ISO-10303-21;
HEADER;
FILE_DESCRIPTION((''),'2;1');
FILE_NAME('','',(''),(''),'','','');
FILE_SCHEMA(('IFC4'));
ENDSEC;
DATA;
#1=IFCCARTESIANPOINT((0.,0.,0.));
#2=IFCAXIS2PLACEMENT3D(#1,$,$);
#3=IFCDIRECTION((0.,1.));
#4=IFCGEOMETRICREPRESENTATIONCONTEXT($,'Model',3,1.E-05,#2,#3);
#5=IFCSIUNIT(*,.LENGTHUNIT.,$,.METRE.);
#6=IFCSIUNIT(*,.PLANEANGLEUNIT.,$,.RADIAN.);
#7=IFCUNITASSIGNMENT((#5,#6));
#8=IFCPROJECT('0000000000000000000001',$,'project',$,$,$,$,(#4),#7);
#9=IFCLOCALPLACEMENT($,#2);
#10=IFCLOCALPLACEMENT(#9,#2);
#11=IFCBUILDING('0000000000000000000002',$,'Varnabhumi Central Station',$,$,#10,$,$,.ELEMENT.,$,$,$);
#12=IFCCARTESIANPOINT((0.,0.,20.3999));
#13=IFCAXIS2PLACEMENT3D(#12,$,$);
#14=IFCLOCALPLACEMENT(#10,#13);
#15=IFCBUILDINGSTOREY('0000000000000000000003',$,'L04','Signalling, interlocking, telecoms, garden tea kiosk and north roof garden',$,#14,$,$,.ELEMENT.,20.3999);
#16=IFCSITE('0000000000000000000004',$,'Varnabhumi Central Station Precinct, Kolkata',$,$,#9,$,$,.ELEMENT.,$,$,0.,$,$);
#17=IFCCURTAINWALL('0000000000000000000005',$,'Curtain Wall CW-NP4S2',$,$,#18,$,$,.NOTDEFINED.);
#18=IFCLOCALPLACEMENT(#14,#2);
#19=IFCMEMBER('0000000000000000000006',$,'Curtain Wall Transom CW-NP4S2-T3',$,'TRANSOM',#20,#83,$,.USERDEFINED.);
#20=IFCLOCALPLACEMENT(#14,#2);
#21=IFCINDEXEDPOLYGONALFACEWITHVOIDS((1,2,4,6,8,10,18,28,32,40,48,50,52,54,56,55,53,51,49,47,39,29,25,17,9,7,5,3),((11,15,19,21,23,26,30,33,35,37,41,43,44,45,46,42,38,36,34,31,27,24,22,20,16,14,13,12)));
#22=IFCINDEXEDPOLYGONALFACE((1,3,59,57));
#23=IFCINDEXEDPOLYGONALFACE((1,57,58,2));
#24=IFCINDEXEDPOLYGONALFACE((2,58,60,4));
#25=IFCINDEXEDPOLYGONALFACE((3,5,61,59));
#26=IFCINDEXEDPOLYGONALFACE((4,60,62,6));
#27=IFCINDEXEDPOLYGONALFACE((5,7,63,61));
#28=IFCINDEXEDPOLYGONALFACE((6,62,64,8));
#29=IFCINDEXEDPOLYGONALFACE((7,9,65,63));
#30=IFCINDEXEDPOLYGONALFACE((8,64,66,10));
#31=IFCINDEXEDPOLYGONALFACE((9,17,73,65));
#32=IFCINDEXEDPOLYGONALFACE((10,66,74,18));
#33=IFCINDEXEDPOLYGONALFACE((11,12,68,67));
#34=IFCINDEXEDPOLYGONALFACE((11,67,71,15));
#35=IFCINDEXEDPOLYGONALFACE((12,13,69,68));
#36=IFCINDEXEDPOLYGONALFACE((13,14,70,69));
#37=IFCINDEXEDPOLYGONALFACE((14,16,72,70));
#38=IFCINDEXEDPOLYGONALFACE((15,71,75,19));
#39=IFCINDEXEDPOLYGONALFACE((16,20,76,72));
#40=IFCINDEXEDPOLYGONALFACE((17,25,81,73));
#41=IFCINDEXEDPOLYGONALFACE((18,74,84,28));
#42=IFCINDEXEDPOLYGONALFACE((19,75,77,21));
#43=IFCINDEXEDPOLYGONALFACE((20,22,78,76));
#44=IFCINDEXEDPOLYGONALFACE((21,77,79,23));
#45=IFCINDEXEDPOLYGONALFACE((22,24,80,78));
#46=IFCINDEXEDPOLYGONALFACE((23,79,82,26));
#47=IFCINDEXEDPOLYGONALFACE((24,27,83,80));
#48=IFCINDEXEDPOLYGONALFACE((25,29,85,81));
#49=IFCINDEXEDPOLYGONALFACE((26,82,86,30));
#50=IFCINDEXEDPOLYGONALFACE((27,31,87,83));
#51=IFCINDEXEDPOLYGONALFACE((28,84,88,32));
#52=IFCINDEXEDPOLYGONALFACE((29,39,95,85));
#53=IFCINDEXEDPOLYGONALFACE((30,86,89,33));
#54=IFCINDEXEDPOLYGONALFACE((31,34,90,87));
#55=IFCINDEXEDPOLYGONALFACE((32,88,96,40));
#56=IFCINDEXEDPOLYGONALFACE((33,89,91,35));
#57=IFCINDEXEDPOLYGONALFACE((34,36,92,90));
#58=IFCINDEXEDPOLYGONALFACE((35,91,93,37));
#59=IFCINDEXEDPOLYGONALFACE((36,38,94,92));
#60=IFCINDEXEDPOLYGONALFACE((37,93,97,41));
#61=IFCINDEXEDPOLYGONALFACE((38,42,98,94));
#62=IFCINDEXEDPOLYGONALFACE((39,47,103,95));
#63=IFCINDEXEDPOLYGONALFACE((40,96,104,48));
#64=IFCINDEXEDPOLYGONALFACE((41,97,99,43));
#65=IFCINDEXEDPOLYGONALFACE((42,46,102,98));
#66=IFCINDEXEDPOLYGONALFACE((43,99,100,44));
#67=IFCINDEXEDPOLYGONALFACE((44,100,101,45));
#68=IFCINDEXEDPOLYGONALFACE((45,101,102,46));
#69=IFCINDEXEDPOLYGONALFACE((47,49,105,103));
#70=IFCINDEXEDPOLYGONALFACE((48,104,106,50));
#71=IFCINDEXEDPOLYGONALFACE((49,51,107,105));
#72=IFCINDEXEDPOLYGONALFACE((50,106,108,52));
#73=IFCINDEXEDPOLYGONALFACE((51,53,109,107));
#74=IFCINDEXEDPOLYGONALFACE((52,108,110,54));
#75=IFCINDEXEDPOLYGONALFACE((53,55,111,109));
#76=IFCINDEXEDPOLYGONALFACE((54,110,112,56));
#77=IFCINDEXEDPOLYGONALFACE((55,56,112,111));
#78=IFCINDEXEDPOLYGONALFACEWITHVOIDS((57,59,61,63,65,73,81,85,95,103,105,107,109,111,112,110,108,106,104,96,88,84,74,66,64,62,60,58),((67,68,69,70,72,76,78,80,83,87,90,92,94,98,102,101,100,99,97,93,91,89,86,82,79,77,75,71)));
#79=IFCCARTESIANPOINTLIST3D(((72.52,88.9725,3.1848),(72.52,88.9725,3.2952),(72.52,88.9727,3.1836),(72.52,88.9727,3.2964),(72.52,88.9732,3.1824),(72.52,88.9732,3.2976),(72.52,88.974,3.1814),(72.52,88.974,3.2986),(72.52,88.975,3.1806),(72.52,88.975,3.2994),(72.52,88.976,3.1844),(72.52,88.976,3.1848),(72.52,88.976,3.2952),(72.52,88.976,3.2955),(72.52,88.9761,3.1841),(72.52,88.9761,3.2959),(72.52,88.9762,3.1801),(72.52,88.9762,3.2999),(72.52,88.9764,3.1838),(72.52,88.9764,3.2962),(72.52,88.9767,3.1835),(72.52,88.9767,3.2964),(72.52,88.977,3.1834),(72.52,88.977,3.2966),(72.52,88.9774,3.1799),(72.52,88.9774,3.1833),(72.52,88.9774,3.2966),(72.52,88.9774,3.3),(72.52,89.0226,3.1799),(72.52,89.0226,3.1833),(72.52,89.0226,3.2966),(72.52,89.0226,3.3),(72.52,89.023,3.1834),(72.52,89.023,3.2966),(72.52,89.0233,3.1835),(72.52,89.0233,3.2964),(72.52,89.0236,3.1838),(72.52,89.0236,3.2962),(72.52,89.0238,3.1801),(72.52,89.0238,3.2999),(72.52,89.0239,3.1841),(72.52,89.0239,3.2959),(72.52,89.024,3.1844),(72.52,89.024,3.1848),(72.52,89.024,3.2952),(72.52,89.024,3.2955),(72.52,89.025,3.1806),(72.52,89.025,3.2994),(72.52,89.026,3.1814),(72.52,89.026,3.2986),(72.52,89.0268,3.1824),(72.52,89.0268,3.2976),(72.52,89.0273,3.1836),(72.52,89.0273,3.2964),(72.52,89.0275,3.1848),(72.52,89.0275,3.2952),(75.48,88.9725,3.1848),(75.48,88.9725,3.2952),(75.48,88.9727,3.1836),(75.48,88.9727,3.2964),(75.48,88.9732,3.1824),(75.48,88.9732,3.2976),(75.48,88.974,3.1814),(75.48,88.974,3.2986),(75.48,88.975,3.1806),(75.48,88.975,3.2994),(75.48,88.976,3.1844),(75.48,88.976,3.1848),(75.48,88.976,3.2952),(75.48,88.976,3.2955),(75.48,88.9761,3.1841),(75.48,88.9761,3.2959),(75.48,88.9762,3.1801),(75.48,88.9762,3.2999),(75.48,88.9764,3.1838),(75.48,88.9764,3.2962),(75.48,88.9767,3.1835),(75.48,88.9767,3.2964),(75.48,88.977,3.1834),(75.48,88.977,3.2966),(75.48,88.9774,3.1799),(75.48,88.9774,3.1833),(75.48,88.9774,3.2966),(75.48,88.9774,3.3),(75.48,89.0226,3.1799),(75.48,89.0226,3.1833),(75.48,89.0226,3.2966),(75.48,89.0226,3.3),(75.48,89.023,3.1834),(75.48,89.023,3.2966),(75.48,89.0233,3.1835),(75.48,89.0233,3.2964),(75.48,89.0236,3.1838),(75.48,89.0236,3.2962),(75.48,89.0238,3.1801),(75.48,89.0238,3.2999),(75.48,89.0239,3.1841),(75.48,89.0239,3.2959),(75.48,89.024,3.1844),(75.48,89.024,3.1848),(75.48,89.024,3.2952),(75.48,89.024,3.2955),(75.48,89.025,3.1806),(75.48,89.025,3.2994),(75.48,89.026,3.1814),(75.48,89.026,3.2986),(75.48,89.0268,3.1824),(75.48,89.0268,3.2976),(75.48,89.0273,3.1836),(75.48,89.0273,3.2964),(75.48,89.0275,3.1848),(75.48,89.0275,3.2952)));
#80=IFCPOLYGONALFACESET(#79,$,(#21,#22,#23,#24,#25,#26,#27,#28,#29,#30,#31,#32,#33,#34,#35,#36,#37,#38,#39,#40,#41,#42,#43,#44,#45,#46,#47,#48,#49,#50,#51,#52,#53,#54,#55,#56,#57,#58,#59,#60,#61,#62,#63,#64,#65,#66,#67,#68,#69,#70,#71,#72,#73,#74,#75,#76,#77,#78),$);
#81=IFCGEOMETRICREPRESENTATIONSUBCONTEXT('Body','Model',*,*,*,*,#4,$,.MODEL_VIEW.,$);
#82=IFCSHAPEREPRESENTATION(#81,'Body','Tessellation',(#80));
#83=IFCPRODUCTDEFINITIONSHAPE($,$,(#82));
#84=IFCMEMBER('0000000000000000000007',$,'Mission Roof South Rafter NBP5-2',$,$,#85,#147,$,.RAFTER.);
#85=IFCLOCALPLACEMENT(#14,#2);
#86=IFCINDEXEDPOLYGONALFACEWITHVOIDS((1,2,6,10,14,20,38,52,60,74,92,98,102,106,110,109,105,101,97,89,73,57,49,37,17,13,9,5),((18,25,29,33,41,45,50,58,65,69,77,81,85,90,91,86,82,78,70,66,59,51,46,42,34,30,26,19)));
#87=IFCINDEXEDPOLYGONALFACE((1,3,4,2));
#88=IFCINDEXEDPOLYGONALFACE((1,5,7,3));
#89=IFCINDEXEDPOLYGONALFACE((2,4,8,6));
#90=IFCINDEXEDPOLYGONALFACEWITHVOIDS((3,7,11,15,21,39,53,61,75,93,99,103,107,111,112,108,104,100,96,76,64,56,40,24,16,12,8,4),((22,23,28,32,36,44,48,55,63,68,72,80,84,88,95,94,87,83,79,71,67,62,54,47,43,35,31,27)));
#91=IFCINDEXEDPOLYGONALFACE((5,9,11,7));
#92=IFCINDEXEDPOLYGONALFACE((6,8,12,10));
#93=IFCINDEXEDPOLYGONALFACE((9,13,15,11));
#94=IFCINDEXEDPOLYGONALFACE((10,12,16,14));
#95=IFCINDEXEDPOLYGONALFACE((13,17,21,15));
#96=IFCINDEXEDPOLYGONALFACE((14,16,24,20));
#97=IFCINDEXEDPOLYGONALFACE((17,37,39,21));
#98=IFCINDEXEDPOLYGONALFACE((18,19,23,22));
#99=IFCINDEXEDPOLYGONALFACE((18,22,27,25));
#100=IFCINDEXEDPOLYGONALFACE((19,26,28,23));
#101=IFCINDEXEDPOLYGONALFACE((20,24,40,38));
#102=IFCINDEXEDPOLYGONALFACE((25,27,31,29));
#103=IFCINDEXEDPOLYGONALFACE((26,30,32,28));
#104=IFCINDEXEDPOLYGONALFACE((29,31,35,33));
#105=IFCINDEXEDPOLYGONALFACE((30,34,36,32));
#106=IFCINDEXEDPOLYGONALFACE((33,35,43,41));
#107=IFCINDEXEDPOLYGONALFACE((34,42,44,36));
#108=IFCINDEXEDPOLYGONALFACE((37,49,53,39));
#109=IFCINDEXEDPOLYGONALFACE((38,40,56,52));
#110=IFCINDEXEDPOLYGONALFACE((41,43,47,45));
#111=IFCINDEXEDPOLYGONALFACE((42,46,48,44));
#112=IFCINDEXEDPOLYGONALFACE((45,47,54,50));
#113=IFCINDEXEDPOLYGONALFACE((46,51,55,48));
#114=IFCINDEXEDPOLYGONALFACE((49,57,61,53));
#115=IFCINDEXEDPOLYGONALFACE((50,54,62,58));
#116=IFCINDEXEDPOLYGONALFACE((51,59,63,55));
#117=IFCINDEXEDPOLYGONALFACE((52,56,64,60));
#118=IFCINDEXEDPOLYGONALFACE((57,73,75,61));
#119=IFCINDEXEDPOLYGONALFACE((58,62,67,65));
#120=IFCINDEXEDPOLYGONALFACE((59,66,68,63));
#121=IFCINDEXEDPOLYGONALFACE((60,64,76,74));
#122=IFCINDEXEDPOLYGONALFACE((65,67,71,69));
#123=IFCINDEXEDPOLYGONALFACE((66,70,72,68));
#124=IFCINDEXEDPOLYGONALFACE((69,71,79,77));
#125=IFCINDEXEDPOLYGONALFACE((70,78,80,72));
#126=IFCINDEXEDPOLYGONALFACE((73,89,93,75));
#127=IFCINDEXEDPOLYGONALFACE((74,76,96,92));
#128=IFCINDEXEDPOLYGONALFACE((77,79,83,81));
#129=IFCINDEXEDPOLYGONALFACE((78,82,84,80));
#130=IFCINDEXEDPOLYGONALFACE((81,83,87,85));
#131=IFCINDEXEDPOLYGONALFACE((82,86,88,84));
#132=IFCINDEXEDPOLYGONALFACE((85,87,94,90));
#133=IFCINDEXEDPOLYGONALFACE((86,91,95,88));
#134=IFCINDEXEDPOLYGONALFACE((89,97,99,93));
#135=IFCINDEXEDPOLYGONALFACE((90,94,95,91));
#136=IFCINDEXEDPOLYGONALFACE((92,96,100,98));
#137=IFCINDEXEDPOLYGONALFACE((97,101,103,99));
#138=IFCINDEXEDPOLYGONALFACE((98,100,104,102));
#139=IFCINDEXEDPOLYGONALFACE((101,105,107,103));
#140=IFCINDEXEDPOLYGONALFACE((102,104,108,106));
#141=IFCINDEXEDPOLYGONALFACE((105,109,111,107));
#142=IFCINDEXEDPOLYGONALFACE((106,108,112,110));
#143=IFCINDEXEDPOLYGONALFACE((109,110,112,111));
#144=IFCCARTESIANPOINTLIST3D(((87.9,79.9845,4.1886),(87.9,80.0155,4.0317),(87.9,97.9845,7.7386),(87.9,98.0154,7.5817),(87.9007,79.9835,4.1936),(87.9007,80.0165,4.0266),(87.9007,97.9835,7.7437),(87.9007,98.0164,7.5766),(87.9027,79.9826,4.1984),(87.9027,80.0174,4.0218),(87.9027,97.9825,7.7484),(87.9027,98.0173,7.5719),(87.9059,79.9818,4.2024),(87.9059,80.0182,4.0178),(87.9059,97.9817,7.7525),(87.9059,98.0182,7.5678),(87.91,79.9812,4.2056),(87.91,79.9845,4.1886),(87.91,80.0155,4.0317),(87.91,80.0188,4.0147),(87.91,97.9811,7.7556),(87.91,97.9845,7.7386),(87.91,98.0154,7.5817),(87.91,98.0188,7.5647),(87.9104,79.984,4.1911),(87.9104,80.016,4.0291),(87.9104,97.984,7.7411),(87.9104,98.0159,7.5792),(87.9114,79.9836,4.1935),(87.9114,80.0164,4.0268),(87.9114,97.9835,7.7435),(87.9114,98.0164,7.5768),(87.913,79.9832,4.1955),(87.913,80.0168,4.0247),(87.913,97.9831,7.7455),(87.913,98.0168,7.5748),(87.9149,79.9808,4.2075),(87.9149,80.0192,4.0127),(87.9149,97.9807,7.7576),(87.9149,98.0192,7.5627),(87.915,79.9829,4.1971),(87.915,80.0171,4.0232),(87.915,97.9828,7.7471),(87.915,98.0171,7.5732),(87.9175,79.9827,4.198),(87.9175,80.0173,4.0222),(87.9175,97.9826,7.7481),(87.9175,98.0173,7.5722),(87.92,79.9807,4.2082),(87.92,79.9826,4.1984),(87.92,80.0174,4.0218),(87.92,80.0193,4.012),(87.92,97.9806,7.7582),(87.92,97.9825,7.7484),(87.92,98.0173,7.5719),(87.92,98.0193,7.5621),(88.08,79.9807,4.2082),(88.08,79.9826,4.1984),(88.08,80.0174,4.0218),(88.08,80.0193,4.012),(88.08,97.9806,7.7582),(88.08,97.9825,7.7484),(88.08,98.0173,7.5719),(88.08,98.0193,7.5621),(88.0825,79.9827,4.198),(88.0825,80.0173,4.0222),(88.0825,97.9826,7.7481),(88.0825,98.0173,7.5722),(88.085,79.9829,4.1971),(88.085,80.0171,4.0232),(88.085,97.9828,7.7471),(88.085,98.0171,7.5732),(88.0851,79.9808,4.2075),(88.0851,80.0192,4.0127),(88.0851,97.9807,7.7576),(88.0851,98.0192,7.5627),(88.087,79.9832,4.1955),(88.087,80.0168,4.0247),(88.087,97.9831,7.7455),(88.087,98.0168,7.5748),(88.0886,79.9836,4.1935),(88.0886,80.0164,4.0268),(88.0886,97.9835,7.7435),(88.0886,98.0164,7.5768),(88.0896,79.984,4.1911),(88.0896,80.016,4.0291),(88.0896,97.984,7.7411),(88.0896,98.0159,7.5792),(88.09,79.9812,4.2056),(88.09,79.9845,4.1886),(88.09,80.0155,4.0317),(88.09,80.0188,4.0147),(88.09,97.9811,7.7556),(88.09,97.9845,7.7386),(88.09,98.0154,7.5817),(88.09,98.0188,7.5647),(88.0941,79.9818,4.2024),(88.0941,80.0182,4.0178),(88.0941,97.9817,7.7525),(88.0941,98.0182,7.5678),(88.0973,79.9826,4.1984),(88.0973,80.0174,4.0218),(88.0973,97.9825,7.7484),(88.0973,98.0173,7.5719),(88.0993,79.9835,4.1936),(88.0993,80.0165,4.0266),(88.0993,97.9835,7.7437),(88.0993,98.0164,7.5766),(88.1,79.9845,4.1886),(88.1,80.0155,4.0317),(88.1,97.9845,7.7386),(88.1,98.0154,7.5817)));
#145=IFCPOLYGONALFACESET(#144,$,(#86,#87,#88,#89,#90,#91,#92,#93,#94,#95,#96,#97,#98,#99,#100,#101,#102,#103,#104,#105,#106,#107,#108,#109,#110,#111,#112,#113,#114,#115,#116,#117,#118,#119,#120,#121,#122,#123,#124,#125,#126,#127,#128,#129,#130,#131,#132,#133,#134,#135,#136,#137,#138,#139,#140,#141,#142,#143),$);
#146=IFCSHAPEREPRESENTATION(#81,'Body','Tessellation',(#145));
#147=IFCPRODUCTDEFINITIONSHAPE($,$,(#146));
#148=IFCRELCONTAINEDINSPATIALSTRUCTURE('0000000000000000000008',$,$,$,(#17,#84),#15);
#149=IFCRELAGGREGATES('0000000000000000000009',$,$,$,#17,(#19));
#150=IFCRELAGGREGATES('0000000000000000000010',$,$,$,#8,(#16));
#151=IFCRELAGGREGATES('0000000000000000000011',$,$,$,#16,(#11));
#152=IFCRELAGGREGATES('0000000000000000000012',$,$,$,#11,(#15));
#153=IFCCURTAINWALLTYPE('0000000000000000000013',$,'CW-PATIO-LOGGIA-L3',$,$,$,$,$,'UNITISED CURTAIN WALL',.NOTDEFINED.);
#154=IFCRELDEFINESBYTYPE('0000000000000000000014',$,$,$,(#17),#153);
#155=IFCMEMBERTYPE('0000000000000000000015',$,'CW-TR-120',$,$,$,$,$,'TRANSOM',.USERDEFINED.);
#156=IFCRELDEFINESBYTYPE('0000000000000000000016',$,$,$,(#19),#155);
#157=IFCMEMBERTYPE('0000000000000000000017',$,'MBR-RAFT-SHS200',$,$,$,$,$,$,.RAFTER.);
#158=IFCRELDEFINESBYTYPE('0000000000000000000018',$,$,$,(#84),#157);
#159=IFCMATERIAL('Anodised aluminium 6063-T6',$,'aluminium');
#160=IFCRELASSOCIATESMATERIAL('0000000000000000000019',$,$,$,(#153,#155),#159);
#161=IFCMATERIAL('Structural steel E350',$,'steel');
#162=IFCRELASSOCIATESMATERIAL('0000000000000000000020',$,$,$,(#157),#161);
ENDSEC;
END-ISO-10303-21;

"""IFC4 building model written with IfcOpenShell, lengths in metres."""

from ifc_helpers import new_model, si_unit, direction, frame, origin, origin_2d, place, context, subcontext, project, spatial, hollow_rectangle, extrude, material, material_profile, profile_set, type_object, element, aggregate, save


model = new_model("IFC4")

# Units and contexts
model_context = context("Model", 3, precision=1e-05, world=origin(), true_north=direction((0.0, 1.0)))
body_context = subcontext(model_context, "Body", "Model", "MODEL_VIEW")
ifc_project = project(units=[si_unit("LENGTHUNIT", "METRE"), si_unit("PLANEANGLEUNIT", "RADIAN")], contexts=[model_context])

# Site, building, storey
site_placement = place(None, origin())
site = spatial("IfcSite", under=ifc_project, at=site_placement, Name="Varnabhumi Central Station Precinct, Kolkata", CompositionType="ELEMENT", RefElevation=0.0)
building_placement = place(site_placement, origin())
building = spatial("IfcBuilding", under=site, at=building_placement, Name="Varnabhumi Central Station", CompositionType="ELEMENT")
storey_placement = place(building_placement, frame((0.0, 0.0, 20.3999)))
storey = spatial("IfcBuildingStorey", under=building, at=storey_placement, Name="L04", Description="Signalling, interlocking, telecoms, garden tea kiosk and north roof garden", CompositionType="ELEMENT", Elevation=20.3999)

# Shared definitions
ifc_material_1 = material(Name="Structural steel E350", Category="steel")

# Curtain wall, member
ifc_material_2 = material(Name="Anodised aluminium 6063-T6", Category="aluminium")
curtain_wall_type_1 = type_object("IfcCurtainWallType", Name="CW-PATIO-LOGGIA-L3", ElementType="UNITISED CURTAIN WALL", PredefinedType="NOTDEFINED", material=ifc_material_2)
curtain_wall_1_placement = place(storey_placement, origin())
curtain_wall_1 = element("IfcCurtainWall", 1, at=curtain_wall_1_placement, inside=storey, type_object=curtain_wall_type_1, Name="Curtain Wall CW-NP4S2", PredefinedType="NOTDEFINED")
ifc_material_profile_1 = material_profile(ifc_material_2, hollow_rectangle(XDim=0.0549, YDim=0.1201, WallThickness=0.0034, InnerFilletRadius=0.0015, OuterFilletRadius=0.0049, at=origin_2d()), Name="Anodised aluminium 6063-T6", Category="aluminium")
ifc_profile_set_1 = profile_set([ifc_material_profile_1], Name="Anodised aluminium 6063-T6")
member_type_1 = type_object("IfcMemberType", Name="CW-TR-120", ElementType="TRANSOM", PredefinedType="USERDEFINED", material=ifc_profile_set_1)
member_1_placement = place(storey_placement, frame((72.52, 89.0, 3.24), z_axis=(1.0, 0.0, 0.0), x_axis=(0.0, 1.0, 0.0)))
member_1 = element("IfcMember", 2, at=member_1_placement, type_object=member_type_1, Name="Curtain Wall Transom CW-NP4S2-T3", ObjectType="TRANSOM", PredefinedType="USERDEFINED", context=body_context, shape_type="SweptSolid", body=[
    extrude(hollow_rectangle(XDim=0.0549, YDim=0.1201, WallThickness=0.0034, InnerFilletRadius=0.0015, OuterFilletRadius=0.0049, at=origin_2d()), origin(), (0.0, 0.0, 1.0), 2.96),
])

# Member
ifc_material_profile_2 = material_profile(ifc_material_1, hollow_rectangle(XDim=0.2, YDim=0.2, WallThickness=0.01, InnerFilletRadius=0.01, OuterFilletRadius=0.02, at=origin_2d()), Name="Structural steel E350", Category="steel")
ifc_profile_set_2 = profile_set([ifc_material_profile_2], Name="Structural steel E350")
member_type_2 = type_object("IfcMemberType", Name="MBR-RAFT-SHS200", PredefinedType="RAFTER", material=ifc_profile_set_2)
member_2_placement = place(storey_placement, frame((88.0, 80.0, 4.1101), z_axis=(0.0, 0.981101, 0.193498), x_axis=(-1.0, 0.0, 0.0)))
element("IfcMember", 3, at=member_2_placement, inside=storey, type_object=member_type_2, Name="Mission Roof South Rafter NBP5-2", PredefinedType="RAFTER", context=body_context, shape_type="SweptSolid", body=[
    extrude(hollow_rectangle(XDim=0.2, YDim=0.2, WallThickness=0.01, InnerFilletRadius=0.01, OuterFilletRadius=0.02, at=origin_2d()), origin(), (0.0, 0.0, 1.0), 18.3467),
])

aggregate(curtain_wall_1, [member_1])

save(model, "model.ifc")
